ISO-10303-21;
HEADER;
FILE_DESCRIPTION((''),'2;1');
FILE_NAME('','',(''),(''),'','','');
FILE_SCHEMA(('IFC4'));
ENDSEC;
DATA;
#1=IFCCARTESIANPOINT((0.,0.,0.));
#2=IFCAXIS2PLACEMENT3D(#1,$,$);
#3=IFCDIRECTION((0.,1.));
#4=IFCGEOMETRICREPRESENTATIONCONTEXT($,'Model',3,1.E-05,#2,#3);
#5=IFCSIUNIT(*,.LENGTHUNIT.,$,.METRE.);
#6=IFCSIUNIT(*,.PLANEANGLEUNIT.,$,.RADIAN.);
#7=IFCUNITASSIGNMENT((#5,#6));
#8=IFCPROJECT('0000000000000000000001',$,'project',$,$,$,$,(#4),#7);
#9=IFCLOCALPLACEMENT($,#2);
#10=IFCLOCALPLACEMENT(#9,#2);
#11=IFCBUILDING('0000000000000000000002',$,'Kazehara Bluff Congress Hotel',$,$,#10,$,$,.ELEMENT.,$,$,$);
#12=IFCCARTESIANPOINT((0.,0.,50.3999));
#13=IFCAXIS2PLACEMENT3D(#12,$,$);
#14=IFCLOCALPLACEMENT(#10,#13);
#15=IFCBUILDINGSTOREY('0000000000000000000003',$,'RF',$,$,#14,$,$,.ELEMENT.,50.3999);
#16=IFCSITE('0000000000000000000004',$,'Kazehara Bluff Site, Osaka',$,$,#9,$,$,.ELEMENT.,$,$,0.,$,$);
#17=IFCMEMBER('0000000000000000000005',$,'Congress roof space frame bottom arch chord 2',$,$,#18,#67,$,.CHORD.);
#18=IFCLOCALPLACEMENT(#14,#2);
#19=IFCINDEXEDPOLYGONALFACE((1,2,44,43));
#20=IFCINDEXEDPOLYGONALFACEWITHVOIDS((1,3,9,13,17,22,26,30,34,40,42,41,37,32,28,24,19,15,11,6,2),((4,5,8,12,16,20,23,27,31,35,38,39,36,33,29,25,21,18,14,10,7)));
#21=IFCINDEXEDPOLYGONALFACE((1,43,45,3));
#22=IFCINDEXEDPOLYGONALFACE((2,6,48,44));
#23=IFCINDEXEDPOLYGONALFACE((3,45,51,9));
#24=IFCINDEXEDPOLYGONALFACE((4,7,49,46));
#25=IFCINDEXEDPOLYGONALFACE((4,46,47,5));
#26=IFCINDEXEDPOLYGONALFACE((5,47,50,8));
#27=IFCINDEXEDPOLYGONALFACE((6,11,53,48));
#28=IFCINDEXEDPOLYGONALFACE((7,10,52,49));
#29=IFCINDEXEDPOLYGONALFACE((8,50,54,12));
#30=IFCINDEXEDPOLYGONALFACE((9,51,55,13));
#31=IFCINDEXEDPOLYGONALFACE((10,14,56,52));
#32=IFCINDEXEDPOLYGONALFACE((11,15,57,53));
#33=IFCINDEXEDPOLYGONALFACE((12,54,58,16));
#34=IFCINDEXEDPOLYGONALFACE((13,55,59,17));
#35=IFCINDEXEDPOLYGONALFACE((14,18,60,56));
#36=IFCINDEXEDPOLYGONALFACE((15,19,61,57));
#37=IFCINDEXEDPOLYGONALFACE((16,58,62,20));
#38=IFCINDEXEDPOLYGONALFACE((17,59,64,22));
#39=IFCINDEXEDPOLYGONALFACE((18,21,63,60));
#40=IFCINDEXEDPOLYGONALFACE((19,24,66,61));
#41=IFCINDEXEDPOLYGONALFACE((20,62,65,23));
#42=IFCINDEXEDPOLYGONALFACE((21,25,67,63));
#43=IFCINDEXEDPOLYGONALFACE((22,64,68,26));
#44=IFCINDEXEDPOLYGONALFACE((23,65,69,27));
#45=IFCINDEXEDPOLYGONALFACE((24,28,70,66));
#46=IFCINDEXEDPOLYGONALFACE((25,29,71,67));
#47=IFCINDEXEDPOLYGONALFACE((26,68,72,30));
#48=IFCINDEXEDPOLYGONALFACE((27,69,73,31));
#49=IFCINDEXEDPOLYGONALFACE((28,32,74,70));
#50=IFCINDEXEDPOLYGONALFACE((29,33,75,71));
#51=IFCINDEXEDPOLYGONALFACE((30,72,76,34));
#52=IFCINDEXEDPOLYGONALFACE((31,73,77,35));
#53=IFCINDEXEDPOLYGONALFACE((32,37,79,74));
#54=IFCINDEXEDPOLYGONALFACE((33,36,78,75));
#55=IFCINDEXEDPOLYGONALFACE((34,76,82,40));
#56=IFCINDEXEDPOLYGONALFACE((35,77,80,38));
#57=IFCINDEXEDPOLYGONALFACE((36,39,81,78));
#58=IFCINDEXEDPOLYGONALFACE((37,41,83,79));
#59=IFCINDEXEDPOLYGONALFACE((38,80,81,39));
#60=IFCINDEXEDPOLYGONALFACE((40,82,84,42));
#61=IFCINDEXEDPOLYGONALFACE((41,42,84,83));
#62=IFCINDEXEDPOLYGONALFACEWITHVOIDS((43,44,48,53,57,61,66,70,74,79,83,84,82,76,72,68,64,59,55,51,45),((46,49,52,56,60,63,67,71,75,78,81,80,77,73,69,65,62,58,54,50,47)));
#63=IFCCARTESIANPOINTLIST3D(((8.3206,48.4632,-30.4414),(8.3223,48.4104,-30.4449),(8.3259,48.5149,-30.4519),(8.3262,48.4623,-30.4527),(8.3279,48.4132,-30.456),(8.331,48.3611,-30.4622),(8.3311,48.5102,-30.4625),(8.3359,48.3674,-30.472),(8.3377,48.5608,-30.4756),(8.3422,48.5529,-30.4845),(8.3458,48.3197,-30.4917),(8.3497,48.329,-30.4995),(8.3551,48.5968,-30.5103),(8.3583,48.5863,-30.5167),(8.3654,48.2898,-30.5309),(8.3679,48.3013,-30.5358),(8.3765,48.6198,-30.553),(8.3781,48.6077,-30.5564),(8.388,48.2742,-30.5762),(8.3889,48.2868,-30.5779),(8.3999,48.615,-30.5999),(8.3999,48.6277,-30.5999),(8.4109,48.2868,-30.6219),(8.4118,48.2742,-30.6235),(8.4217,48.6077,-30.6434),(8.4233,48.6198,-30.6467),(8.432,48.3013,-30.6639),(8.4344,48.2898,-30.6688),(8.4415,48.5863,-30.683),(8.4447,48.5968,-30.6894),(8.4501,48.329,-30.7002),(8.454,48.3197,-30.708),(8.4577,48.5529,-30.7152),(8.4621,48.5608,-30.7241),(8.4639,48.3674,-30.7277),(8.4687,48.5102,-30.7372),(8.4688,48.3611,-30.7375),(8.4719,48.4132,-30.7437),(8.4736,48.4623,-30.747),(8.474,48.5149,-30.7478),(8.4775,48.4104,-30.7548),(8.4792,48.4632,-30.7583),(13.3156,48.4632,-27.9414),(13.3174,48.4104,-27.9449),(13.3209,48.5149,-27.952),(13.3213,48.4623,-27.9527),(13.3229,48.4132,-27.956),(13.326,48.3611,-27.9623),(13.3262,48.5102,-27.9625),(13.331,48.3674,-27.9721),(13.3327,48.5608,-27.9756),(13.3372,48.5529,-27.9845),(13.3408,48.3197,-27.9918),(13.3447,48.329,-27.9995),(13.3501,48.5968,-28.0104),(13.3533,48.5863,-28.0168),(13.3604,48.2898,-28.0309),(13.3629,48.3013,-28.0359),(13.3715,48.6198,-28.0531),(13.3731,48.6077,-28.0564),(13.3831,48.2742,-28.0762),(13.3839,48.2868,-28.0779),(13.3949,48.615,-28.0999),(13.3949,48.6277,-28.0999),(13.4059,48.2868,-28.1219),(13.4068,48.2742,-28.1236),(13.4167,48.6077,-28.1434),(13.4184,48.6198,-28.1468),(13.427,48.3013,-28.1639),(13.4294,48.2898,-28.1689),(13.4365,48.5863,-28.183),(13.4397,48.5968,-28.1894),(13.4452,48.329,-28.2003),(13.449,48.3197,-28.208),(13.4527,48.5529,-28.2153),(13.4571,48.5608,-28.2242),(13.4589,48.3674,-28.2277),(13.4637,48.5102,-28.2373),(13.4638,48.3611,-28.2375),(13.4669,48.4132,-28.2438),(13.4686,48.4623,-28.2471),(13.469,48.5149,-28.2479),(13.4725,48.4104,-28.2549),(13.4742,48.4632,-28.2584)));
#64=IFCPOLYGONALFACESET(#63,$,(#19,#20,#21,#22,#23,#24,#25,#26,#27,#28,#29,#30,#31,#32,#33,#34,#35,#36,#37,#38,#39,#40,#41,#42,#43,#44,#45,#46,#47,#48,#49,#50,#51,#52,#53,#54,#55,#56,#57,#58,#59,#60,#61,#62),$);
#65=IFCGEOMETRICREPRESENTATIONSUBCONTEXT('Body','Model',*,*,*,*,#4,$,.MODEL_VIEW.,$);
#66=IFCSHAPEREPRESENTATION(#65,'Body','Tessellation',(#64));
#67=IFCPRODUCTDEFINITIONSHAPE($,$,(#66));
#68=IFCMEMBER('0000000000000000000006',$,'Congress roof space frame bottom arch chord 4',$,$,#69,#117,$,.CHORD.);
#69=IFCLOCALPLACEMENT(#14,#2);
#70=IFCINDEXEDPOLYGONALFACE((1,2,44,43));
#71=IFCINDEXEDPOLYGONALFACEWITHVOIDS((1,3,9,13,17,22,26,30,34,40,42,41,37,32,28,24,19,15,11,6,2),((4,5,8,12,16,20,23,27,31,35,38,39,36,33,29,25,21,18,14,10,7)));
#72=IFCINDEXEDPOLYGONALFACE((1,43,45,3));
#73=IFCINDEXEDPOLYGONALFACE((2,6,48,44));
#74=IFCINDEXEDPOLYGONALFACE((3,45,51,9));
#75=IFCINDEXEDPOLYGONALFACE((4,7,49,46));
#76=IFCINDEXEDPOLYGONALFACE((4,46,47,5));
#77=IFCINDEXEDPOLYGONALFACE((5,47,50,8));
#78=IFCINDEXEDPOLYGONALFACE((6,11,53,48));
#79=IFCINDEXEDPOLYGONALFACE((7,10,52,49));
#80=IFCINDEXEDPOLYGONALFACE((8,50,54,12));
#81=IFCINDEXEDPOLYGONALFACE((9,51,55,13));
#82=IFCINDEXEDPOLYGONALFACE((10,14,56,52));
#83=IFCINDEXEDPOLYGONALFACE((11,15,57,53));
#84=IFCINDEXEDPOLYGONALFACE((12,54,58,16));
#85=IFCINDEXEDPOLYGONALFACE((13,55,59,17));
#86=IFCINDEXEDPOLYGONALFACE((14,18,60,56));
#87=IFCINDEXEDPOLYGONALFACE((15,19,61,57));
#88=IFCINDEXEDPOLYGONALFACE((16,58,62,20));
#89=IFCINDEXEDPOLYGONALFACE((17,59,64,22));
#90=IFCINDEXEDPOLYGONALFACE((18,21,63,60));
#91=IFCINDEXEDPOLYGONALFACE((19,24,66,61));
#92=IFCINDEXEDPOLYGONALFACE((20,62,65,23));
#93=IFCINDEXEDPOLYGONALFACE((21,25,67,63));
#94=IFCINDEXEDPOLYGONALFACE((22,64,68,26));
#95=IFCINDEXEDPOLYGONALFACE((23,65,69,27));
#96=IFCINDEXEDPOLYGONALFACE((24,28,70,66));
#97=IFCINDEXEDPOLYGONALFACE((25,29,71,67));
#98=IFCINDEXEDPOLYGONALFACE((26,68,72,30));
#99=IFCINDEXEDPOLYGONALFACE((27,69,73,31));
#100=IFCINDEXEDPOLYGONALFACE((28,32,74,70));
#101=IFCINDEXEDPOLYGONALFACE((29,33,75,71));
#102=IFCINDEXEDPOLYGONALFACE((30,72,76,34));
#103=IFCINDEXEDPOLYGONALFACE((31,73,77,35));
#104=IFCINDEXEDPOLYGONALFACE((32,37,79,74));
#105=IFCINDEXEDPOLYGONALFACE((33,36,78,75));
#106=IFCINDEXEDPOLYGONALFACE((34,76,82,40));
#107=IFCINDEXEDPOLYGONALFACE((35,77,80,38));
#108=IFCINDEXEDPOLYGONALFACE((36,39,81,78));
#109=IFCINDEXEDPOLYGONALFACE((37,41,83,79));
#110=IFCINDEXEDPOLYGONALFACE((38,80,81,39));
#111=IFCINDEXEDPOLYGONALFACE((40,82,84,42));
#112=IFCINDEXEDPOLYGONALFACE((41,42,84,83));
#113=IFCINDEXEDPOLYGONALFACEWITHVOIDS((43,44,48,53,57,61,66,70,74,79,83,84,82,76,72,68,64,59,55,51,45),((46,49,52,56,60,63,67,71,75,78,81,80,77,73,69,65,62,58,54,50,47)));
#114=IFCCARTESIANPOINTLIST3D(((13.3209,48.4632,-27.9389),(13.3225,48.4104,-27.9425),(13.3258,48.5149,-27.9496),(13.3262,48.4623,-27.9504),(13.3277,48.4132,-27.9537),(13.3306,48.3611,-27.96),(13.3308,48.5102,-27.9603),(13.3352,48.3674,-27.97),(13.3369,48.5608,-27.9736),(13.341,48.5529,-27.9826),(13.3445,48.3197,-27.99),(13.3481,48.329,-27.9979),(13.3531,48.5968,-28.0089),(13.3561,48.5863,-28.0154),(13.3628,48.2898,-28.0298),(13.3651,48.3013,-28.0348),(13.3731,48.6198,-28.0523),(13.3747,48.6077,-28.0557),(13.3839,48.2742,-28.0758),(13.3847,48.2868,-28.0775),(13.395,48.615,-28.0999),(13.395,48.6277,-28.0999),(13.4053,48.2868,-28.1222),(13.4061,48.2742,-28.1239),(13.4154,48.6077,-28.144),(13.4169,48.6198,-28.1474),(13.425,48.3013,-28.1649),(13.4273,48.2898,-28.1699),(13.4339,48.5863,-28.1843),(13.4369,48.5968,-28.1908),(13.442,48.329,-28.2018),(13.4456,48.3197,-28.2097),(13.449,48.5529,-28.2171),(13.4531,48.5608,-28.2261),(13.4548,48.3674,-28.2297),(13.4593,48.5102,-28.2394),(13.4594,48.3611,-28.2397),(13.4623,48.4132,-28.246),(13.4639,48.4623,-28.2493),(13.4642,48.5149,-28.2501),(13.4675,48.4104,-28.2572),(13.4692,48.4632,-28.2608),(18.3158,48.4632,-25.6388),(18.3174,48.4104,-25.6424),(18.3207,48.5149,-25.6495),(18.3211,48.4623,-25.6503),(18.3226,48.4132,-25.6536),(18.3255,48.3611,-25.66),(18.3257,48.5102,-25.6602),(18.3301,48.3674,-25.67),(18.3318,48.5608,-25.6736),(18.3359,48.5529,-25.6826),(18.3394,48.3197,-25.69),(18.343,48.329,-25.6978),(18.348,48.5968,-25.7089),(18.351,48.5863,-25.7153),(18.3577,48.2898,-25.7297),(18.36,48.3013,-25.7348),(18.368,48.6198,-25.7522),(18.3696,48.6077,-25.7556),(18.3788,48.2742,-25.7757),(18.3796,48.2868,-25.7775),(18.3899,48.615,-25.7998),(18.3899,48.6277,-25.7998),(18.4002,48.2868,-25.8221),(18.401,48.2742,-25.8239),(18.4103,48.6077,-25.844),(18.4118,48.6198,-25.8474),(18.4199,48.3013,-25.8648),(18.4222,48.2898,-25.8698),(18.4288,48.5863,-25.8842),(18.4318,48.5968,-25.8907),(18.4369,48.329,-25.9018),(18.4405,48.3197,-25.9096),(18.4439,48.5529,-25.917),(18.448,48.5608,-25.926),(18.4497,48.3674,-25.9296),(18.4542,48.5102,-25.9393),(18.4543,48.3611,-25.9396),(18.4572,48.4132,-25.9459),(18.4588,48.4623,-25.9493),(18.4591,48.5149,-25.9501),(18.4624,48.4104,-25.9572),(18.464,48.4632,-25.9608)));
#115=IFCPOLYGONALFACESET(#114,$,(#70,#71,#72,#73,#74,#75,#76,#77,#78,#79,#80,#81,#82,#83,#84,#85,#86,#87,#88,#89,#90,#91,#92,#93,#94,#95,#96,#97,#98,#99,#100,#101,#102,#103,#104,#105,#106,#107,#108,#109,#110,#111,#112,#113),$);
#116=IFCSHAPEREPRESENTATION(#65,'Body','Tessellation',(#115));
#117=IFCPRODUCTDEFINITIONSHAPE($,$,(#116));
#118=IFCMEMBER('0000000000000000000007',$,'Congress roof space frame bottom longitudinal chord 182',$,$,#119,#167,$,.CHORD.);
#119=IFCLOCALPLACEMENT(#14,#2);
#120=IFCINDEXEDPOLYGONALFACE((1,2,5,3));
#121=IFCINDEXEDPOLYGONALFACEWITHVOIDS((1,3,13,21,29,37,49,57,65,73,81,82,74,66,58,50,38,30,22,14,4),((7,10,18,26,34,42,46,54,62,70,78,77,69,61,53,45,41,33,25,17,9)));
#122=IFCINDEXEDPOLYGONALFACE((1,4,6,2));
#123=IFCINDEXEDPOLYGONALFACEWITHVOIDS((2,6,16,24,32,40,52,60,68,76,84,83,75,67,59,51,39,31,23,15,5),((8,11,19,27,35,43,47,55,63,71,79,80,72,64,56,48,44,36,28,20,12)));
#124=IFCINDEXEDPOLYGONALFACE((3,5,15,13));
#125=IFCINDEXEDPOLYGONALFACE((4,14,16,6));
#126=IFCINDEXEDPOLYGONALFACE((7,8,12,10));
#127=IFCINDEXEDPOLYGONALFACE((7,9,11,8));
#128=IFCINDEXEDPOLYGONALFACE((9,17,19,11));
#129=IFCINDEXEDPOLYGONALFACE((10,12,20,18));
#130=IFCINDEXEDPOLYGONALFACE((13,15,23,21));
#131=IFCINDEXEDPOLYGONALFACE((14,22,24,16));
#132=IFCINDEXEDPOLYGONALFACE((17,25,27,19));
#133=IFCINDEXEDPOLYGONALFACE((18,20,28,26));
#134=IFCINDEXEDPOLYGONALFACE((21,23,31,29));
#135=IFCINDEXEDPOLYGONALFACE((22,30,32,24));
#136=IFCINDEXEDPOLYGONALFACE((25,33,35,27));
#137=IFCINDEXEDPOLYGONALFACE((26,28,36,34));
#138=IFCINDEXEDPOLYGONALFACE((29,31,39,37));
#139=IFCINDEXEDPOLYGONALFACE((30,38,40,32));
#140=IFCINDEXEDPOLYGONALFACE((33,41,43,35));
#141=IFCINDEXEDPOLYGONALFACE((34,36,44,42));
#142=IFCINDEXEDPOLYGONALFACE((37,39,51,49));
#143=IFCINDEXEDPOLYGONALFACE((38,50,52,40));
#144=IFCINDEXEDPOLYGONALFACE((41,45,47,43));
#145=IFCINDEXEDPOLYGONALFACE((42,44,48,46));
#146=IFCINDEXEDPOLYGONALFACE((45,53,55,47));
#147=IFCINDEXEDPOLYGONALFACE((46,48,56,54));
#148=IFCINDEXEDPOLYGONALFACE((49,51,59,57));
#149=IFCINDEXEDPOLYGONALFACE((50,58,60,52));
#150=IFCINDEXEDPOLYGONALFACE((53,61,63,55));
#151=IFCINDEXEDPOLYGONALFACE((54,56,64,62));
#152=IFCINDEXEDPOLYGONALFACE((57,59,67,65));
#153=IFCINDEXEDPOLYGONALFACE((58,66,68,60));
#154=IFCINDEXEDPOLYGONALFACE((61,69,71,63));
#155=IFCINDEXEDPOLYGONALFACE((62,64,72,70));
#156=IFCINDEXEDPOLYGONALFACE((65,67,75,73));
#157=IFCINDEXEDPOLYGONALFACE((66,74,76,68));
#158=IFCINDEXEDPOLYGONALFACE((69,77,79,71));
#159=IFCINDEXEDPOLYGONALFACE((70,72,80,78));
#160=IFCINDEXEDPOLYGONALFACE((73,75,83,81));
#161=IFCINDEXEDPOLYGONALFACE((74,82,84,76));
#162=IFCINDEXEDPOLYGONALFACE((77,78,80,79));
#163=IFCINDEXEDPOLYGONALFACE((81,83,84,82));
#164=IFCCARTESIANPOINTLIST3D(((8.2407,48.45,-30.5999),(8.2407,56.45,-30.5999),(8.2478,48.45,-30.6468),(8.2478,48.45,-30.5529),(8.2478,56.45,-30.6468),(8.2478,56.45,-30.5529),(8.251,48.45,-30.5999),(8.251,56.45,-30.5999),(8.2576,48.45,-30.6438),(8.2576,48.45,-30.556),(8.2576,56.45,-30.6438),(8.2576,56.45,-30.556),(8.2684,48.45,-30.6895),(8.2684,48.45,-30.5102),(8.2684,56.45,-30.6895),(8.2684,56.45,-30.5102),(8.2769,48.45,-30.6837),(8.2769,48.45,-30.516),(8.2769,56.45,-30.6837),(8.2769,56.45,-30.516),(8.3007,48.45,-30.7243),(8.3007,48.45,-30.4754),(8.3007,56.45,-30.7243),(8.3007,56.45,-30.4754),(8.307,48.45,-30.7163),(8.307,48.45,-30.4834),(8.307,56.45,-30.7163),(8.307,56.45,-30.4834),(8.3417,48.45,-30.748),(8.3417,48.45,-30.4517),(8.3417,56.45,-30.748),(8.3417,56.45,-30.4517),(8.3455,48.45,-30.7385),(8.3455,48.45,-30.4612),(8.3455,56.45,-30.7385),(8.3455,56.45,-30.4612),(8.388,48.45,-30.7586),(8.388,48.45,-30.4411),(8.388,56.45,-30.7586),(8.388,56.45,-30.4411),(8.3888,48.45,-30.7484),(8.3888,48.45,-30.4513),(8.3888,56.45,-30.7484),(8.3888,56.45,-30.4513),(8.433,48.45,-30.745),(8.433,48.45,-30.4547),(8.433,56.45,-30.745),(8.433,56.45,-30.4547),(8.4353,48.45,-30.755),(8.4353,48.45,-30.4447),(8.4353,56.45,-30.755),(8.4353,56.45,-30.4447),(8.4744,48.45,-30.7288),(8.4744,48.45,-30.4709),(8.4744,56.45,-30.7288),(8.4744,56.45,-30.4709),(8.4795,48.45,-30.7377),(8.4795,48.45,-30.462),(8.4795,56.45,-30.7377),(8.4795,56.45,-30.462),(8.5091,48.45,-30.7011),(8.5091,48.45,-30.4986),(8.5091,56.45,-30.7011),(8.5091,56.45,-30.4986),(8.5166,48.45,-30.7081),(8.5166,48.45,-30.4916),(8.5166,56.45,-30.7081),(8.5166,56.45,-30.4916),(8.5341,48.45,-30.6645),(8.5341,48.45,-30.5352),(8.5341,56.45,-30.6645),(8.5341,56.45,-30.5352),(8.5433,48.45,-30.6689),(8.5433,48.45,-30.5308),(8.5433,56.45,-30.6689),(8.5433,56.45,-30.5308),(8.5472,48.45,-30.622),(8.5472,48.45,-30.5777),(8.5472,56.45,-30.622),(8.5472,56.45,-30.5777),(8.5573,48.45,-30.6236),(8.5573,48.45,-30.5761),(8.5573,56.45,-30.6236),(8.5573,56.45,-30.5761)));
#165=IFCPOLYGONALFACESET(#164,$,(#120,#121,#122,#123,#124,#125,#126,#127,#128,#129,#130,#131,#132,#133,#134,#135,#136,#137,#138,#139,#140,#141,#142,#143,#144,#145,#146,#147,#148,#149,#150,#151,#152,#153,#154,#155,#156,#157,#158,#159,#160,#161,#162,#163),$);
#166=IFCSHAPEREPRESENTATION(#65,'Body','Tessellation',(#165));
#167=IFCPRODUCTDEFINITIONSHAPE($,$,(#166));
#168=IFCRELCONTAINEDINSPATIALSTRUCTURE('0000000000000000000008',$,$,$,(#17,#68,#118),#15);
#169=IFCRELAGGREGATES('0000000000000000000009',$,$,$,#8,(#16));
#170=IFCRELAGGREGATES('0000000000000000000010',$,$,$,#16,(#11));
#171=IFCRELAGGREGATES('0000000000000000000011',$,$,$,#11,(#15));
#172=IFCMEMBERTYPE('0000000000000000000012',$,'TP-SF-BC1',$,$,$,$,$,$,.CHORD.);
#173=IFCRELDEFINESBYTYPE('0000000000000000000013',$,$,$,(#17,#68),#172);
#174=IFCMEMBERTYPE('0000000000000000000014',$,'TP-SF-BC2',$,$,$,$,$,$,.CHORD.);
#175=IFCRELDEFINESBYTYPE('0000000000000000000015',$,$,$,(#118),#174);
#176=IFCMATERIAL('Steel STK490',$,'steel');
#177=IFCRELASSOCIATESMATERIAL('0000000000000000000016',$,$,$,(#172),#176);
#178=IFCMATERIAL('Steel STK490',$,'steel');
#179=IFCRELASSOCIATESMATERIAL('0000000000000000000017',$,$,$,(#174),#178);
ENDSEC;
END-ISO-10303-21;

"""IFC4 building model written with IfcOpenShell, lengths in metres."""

from ifc_helpers import new_model, si_unit, direction, frame, origin, origin_2d, place, context, subcontext, project, spatial, hollow_circle, extrude, material, material_profile, profile_set, type_object, element, save


model = new_model("IFC4")

# Units and contexts
model_context = context("Model", 3, precision=1e-05, world=origin(), true_north=direction((0.0, 1.0)))
body_context = subcontext(model_context, "Body", "Model", "MODEL_VIEW")
ifc_project = project(units=[si_unit("LENGTHUNIT", "METRE"), si_unit("PLANEANGLEUNIT", "RADIAN")], contexts=[model_context])

# Site, building, storey
site_placement = place(None, origin())
site = spatial("IfcSite", under=ifc_project, at=site_placement, Name="Kazehara Bluff Site, Osaka", CompositionType="ELEMENT", RefElevation=0.0)
building_placement = place(site_placement, origin())
building = spatial("IfcBuilding", under=site, at=building_placement, Name="Kazehara Bluff Congress Hotel", CompositionType="ELEMENT")
storey_placement = place(building_placement, frame((0.0, 0.0, 50.3999)))
storey = spatial("IfcBuildingStorey", under=building, at=storey_placement, Name="RF", CompositionType="ELEMENT", Elevation=50.3999)

# Members
ifc_material_1 = material(Name="Steel STK490", Category="steel")
ifc_material_profile_1 = material_profile(ifc_material_1, hollow_circle(Radius=0.1777, WallThickness=0.0127, at=origin_2d()))
ifc_profile_set_1 = profile_set([ifc_material_profile_1], Name="Steel STK490")
member_type_1 = type_object("IfcMemberType", Name="TP-SF-BC1", PredefinedType="CHORD", material=ifc_profile_set_1)
member_1_placement = place(storey_placement, frame((8.3999, 48.45, -30.5999), z_axis=(0.894252, 0.0, 0.447563), x_axis=(0.0, 1.0, 0.0)))
element("IfcMember", 1, at=member_1_placement, inside=storey, type_object=member_type_1, Name="Congress roof space frame bottom arch chord 2", PredefinedType="CHORD", context=body_context, shape_type="SweptSolid", body=[
    extrude(hollow_circle(Radius=0.1777, WallThickness=0.0127, at=origin_2d()), origin(), (0.0, 0.0, 1.0), 5.5857),
])
member_2_placement = place(storey_placement, frame((13.395, 48.45, -28.0999), z_axis=(0.908324, 0.0, 0.418267), x_axis=(0.0, 1.0, 0.0)))
element("IfcMember", 2, at=member_2_placement, inside=storey, type_object=member_type_1, Name="Congress roof space frame bottom arch chord 4", PredefinedType="CHORD", context=body_context, shape_type="SweptSolid", body=[
    extrude(hollow_circle(Radius=0.1777, WallThickness=0.0127, at=origin_2d()), origin(), (0.0, 0.0, 1.0), 5.499),
])
ifc_material_2 = material(Name="Steel STK490", Category="steel")
ifc_material_profile_2 = material_profile(ifc_material_2, hollow_circle(Radius=0.1592, WallThickness=0.0103, at=origin_2d()))
ifc_profile_set_2 = profile_set([ifc_material_profile_2], Name="Steel STK490")
member_type_2 = type_object("IfcMemberType", Name="TP-SF-BC2", PredefinedType="CHORD", material=ifc_profile_set_2)
member_3_placement = place(storey_placement, frame((8.3999, 48.45, -30.5999), z_axis=(0.0, 1.0, 0.0), x_axis=(-1.0, 0.0, 0.0)))
element("IfcMember", 3, at=member_3_placement, inside=storey, type_object=member_type_2, Name="Congress roof space frame bottom longitudinal chord 182", PredefinedType="CHORD", context=body_context, shape_type="SweptSolid", body=[
    extrude(hollow_circle(Radius=0.1592, WallThickness=0.0103, at=origin_2d()), origin(), (0.0, 0.0, 1.0), 8.0),
])

save(model, "model.ifc")
